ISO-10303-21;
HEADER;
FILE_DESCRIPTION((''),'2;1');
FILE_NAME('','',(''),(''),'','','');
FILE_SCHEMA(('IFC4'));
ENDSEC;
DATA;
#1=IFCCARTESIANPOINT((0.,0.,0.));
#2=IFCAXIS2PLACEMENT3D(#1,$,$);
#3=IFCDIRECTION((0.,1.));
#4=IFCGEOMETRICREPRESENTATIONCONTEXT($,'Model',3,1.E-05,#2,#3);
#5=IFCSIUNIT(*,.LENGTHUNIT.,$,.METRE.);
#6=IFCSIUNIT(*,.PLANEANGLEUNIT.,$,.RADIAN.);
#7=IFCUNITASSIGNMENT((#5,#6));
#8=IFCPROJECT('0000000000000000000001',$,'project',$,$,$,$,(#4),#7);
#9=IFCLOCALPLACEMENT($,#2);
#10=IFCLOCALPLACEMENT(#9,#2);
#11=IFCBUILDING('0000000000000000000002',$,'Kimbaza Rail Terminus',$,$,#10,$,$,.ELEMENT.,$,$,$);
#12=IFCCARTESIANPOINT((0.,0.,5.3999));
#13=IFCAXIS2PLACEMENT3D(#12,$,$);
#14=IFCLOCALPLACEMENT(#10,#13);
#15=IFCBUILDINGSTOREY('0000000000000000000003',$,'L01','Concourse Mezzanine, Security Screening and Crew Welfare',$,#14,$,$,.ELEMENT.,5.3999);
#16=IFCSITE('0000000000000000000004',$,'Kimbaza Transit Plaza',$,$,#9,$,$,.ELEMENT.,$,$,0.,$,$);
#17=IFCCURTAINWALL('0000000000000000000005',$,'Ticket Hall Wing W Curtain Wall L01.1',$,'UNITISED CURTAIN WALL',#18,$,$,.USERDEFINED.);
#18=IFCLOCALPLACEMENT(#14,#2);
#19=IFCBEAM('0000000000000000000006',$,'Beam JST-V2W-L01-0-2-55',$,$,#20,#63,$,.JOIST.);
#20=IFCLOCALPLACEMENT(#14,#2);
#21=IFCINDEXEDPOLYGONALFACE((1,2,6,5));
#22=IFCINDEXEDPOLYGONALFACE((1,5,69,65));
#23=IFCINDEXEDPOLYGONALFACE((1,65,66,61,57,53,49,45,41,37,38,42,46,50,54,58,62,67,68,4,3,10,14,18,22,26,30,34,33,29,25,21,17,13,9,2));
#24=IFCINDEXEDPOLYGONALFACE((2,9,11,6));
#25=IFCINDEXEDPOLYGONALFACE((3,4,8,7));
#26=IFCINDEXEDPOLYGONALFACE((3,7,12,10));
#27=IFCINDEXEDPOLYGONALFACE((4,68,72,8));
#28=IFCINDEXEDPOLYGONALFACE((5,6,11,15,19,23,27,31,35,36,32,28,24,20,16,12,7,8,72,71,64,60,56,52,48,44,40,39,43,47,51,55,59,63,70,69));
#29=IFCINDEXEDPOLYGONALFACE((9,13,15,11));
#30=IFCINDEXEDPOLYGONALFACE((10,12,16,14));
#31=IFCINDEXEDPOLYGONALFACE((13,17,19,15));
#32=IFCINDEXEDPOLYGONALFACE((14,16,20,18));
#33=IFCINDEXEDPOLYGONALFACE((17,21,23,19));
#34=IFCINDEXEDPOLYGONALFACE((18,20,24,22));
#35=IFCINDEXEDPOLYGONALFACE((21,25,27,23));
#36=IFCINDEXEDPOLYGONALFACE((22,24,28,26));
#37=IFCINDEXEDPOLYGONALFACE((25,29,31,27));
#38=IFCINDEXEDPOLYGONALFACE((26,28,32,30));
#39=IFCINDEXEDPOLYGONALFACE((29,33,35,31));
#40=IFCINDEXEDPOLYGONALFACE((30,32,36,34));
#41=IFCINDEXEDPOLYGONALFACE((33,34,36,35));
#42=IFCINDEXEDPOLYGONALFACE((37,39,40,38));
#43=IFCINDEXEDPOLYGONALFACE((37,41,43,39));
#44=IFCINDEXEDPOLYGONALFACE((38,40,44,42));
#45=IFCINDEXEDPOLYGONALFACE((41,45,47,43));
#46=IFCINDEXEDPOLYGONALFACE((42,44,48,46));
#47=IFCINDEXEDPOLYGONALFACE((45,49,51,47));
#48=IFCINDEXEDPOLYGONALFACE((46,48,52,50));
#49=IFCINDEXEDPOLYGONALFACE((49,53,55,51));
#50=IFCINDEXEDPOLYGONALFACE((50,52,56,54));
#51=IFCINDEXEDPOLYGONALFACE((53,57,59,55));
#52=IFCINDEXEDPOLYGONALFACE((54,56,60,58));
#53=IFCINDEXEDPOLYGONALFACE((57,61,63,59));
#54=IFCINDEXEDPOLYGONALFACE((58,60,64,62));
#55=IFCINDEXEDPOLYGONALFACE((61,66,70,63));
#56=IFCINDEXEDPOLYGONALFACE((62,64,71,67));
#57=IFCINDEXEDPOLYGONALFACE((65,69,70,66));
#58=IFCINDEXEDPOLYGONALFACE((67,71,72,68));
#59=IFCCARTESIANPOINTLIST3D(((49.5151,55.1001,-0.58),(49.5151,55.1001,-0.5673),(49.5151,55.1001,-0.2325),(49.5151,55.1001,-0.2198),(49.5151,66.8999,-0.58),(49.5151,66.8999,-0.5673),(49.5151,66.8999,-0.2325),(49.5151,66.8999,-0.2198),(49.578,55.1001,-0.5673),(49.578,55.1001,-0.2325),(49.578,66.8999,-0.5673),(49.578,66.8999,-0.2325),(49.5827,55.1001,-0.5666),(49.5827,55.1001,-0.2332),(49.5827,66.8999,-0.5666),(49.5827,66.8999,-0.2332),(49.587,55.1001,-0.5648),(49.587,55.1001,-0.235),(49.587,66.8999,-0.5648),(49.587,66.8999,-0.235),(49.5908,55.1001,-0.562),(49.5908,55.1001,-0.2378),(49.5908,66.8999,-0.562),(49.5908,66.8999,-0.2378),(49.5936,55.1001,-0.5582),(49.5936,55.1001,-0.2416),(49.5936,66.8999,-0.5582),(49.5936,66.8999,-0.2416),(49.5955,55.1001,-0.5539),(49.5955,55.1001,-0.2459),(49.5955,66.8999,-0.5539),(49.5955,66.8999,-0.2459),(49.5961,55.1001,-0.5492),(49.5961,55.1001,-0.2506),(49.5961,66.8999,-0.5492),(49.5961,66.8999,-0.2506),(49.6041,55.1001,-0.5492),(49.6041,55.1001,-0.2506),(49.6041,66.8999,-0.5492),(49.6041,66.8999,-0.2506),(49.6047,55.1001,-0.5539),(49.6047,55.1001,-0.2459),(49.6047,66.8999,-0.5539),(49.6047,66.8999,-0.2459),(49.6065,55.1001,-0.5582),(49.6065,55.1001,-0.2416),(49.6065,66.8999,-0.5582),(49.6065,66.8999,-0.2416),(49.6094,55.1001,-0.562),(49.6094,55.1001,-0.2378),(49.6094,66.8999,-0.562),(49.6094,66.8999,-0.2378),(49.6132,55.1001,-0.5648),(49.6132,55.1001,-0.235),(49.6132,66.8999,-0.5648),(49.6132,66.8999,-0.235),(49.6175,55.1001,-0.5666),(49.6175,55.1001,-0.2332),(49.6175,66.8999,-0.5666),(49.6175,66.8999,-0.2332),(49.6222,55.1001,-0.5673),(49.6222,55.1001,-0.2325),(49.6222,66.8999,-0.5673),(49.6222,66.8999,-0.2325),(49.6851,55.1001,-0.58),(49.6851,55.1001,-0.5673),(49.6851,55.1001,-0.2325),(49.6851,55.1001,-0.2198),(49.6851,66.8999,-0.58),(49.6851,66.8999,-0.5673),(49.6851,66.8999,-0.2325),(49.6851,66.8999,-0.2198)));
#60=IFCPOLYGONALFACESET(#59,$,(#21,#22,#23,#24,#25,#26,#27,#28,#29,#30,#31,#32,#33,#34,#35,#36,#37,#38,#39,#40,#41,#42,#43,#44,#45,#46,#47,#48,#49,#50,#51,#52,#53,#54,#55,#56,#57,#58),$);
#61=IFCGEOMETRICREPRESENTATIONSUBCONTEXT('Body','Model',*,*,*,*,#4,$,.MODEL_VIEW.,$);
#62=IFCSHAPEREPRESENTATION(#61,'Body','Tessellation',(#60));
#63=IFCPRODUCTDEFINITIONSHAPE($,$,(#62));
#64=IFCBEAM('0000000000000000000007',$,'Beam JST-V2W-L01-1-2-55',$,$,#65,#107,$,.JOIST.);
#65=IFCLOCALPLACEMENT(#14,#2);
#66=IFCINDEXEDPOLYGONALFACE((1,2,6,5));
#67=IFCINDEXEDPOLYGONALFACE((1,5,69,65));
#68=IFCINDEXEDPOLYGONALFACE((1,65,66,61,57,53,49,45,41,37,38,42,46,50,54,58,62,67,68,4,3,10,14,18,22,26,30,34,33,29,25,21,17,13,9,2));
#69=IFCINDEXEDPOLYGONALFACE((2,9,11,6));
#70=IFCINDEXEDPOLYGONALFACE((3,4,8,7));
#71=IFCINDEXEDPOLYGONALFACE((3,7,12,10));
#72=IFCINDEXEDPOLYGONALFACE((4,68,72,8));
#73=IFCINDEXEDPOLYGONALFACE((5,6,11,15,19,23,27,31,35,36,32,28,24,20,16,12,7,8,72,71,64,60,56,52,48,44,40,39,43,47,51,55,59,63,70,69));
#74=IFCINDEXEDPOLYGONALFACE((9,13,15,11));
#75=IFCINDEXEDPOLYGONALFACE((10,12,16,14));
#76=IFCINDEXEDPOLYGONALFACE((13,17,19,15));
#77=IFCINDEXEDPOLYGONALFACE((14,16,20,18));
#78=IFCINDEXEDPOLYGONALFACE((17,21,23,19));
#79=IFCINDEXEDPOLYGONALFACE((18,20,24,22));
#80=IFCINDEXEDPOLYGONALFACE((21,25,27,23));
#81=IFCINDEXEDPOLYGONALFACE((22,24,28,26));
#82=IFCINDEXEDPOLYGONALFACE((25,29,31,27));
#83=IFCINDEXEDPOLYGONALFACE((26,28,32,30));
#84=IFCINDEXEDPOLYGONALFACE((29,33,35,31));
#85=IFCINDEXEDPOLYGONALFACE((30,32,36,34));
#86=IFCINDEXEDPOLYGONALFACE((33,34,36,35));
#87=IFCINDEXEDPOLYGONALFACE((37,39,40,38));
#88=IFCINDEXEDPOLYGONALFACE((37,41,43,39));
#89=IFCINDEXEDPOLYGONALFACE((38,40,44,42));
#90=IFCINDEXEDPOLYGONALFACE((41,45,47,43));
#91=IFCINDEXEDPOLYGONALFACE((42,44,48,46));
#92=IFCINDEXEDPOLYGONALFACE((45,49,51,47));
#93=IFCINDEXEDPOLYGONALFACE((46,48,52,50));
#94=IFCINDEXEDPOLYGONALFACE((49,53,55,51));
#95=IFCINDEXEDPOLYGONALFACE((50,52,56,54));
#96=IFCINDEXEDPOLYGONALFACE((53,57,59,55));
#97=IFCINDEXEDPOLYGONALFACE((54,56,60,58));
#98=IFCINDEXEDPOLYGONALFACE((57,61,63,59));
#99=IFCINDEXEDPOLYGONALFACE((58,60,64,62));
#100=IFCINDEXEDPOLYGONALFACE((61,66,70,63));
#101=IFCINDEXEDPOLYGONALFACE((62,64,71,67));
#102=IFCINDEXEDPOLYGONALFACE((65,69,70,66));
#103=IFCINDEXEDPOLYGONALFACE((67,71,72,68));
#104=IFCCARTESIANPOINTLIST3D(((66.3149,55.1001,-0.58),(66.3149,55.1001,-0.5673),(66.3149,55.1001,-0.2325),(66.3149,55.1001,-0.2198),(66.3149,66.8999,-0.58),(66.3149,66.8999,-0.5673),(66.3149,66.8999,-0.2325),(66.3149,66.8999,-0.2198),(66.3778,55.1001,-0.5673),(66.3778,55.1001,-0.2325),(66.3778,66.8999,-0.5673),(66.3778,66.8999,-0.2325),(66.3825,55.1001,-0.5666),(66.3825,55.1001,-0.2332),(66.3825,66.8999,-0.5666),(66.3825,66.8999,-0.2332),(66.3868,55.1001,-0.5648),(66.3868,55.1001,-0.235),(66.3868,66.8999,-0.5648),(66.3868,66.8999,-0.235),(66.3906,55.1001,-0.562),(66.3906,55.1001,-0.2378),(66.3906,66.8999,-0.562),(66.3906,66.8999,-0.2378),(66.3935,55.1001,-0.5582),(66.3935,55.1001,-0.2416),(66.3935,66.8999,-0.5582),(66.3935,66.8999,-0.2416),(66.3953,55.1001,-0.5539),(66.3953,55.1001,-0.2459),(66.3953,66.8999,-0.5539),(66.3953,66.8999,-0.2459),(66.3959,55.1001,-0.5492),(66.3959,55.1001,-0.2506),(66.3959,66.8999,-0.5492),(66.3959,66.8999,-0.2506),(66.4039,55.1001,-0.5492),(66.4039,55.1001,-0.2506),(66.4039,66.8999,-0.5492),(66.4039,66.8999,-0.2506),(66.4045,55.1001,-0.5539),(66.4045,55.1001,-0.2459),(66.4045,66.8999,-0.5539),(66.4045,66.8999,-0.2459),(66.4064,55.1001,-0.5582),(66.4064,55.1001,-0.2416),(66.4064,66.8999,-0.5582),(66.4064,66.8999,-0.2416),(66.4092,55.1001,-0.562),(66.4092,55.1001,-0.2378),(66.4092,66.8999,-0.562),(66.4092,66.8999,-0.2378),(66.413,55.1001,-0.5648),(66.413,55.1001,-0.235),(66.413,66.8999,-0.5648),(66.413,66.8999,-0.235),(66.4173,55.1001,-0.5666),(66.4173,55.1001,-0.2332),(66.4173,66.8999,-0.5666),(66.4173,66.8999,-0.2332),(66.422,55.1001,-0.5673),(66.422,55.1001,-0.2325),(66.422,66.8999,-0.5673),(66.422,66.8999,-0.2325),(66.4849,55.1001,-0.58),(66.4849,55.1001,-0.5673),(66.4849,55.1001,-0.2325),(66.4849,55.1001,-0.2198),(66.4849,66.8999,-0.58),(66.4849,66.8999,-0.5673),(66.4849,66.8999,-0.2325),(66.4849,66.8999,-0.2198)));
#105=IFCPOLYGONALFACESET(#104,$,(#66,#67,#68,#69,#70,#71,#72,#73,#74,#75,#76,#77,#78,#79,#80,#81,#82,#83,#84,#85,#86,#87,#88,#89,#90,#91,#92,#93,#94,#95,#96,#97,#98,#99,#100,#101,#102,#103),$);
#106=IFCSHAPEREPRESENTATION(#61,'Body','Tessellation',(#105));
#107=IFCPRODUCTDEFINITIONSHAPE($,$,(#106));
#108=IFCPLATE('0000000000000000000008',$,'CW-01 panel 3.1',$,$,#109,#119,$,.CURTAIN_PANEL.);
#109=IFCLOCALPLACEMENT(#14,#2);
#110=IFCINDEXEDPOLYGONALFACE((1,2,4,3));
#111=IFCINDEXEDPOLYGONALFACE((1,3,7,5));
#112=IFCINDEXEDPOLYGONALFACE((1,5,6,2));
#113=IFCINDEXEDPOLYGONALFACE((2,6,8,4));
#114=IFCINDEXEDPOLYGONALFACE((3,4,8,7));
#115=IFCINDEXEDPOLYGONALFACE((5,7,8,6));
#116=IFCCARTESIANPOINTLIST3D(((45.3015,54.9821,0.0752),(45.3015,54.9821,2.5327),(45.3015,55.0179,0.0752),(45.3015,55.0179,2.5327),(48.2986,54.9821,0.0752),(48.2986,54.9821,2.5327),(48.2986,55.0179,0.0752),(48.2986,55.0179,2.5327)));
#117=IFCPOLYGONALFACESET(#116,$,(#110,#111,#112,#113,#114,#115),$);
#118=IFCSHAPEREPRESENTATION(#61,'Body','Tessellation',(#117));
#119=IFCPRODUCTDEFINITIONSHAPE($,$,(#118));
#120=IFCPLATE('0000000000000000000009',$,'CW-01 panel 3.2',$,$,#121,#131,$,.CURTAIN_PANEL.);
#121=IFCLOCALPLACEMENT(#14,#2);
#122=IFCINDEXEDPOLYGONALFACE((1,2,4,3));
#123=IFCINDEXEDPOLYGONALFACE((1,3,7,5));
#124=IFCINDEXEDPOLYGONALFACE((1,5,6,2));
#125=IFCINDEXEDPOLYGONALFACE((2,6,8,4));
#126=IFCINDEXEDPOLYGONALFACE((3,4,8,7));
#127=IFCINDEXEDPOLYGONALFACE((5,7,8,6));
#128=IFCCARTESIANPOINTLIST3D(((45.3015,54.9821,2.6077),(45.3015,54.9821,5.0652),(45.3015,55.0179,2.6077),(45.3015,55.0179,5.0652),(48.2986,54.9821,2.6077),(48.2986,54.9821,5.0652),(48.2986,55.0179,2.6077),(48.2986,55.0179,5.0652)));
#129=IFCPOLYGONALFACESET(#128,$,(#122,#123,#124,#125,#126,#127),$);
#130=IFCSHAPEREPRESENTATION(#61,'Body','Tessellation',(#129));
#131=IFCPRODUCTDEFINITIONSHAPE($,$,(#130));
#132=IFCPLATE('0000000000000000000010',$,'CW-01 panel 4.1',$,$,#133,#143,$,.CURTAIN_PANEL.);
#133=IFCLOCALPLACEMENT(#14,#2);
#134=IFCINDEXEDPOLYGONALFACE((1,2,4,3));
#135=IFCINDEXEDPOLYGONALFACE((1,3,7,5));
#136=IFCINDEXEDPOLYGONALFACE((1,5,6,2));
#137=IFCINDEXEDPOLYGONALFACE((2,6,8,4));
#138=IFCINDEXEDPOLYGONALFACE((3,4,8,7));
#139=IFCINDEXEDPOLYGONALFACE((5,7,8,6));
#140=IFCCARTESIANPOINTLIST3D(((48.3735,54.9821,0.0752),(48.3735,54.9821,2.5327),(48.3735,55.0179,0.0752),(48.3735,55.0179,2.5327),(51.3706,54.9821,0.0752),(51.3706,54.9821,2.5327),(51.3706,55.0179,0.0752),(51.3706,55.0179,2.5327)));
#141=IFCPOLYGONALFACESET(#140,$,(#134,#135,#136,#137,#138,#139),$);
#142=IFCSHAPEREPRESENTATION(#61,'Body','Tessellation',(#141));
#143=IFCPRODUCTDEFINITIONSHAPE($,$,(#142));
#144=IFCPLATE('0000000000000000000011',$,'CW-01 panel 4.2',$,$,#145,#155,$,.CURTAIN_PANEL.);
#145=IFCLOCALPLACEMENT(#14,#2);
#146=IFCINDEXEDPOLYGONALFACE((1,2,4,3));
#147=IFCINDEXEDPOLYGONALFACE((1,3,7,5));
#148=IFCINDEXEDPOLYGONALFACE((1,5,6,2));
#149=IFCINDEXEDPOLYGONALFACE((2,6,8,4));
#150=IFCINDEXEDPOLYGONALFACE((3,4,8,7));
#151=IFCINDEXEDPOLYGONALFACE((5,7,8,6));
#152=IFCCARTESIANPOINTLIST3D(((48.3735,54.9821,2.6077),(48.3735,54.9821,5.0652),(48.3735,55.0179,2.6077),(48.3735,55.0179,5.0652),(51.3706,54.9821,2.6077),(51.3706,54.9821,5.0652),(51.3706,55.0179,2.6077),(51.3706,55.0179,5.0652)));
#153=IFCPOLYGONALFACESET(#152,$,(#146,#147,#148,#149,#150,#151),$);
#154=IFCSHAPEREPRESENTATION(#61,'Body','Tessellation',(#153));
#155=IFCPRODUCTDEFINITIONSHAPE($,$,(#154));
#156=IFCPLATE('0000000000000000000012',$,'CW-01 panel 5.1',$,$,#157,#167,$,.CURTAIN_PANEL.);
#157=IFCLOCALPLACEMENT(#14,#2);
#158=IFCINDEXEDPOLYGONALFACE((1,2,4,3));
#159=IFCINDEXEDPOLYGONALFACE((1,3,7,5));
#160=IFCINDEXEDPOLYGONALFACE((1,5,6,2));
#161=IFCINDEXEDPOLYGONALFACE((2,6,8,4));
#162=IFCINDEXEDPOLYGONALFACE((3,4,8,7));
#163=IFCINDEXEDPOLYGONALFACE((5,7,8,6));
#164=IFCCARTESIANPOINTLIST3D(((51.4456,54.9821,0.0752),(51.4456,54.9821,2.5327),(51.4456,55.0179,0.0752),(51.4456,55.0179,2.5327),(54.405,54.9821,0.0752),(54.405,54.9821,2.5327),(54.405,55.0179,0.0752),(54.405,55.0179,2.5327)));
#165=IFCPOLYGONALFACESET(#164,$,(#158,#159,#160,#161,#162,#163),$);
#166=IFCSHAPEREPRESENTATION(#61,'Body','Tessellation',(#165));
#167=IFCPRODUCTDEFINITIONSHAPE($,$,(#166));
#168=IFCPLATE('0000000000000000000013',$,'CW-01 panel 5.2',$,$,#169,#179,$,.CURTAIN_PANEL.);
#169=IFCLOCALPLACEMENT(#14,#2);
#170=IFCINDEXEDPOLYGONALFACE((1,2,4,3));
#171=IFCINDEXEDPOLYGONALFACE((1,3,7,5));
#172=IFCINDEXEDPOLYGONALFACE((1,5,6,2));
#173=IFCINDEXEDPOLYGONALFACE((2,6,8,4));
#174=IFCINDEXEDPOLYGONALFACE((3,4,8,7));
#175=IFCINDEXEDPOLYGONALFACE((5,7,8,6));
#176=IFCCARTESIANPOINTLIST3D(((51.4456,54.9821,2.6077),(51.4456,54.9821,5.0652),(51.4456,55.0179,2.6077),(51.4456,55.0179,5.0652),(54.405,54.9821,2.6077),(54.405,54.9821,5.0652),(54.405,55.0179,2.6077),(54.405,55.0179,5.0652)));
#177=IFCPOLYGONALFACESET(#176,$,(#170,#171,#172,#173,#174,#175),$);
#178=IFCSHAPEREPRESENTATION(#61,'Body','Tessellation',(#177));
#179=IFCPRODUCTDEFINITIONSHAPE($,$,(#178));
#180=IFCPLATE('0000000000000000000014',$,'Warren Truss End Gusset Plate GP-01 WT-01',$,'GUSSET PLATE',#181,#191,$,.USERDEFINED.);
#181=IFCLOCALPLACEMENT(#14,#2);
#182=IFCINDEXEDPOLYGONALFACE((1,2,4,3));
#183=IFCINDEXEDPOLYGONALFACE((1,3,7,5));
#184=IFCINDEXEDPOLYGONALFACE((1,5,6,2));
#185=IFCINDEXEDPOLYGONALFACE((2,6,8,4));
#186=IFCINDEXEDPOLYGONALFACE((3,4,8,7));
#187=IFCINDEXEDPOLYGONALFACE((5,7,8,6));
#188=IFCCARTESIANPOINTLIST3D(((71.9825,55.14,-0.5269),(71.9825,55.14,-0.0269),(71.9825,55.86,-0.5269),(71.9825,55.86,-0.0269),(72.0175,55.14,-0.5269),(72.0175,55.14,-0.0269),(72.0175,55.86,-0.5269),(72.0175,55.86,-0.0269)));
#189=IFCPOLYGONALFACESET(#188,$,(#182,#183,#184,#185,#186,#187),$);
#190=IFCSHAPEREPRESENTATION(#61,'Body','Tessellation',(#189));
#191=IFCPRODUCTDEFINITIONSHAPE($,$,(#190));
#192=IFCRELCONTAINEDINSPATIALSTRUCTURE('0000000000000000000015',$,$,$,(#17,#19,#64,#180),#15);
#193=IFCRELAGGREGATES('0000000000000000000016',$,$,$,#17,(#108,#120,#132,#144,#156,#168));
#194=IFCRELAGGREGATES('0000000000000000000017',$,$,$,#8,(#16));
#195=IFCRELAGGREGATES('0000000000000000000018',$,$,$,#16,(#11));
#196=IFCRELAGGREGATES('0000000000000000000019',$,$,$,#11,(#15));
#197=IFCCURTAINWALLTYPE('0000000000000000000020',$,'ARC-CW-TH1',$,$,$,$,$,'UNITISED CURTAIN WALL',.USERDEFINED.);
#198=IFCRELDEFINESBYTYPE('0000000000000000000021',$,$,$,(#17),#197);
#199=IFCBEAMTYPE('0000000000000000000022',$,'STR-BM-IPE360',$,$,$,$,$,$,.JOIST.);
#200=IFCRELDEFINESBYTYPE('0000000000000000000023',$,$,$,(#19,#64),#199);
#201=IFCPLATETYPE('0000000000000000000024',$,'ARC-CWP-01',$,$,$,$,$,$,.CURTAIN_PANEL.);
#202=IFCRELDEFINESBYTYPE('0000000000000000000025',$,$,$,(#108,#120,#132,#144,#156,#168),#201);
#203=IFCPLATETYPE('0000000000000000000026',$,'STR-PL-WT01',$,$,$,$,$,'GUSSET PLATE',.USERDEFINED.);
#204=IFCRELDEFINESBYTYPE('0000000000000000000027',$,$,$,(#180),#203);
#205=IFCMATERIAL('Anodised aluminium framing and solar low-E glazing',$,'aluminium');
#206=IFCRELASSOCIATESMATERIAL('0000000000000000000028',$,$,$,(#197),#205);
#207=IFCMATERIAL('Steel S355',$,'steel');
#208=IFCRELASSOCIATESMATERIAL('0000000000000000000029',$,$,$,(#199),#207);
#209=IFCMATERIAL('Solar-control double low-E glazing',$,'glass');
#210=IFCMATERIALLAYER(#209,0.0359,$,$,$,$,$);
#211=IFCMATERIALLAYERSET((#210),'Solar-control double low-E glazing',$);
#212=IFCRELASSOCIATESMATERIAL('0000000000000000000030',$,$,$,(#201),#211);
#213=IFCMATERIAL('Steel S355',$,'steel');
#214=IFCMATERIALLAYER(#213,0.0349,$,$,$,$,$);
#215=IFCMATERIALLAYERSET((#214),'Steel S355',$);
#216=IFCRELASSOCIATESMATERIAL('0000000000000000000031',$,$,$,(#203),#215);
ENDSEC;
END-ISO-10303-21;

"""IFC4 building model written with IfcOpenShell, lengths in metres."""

from ifc_helpers import new_model, si_unit, direction, frame, origin, origin_2d, place, context, subcontext, project, spatial, rectangle, i_section, extrude, material, layer, layer_set, material_profile, profile_set, type_object, element, aggregate, save


model = new_model("IFC4")

# Units and contexts
model_context = context("Model", 3, precision=1e-05, world=origin(), true_north=direction((0.0, 1.0)))
body_context = subcontext(model_context, "Body", "Model", "MODEL_VIEW")
ifc_project = project(units=[si_unit("LENGTHUNIT", "METRE"), si_unit("PLANEANGLEUNIT", "RADIAN")], contexts=[model_context])

# Site, building, storey
site_placement = place(None, origin())
site = spatial("IfcSite", under=ifc_project, at=site_placement, Name="Kimbaza Transit Plaza", CompositionType="ELEMENT", RefElevation=0.0)
building_placement = place(site_placement, origin())
building = spatial("IfcBuilding", under=site, at=building_placement, Name="Kimbaza Rail Terminus", CompositionType="ELEMENT")
storey_placement = place(building_placement, frame((0.0, 0.0, 5.3999)))
storey = spatial("IfcBuildingStorey", under=building, at=storey_placement, Name="L01", Description="Concourse Mezzanine, Security Screening and Crew Welfare", CompositionType="ELEMENT", Elevation=5.3999)

# Shared definitions
ifc_material_1 = material(Name="Anodised aluminium framing and solar low-E glazing", Category="aluminium")
curtain_wall_type = type_object("IfcCurtainWallType", Name="ARC-CW-TH1", ElementType="UNITISED CURTAIN WALL", PredefinedType="USERDEFINED", material=ifc_material_1)

# Curtain wall
curtain_wall_1_placement = place(storey_placement, origin())
curtain_wall_1 = element("IfcCurtainWall", 1, at=curtain_wall_1_placement, inside=storey, type_object=curtain_wall_type, Name="Ticket Hall Wing W Curtain Wall L01.1", ObjectType="UNITISED CURTAIN WALL", PredefinedType="USERDEFINED")

# Beams
ifc_material_2 = material(Name="Steel S355", Category="steel")
ifc_material_profile_1 = material_profile(ifc_material_2, i_section(OverallWidth=0.1699, OverallDepth=0.3601, WebThickness=0.0081, FlangeThickness=0.0127, FilletRadius=0.0181, at=origin_2d()), Name="IPE 360")
ifc_profile_set_1 = profile_set([ifc_material_profile_1], Name="Steel S355")
beam_type_1 = type_object("IfcBeamType", Name="STR-BM-IPE360", PredefinedType="JOIST", material=ifc_profile_set_1)
for number, where, z_axis, x_axis, name in (
    (2, (49.6001, 55.1001, -0.3999), (0.0, 1.0, 0.0), (-1.0, 0.0, 0.0), "Beam JST-V2W-L01-0-2-55"),
    (3, (66.3999, 55.1001, -0.3999), (0.0, 1.0, 0.0), (-1.0, 0.0, 0.0), "Beam JST-V2W-L01-1-2-55"),
):
    element("IfcBeam", number, at=place(storey_placement, frame(where, z_axis=z_axis, x_axis=x_axis)), inside=storey, type_object=beam_type_1, Name=name, PredefinedType="JOIST", context=body_context, shape_type="SweptSolid", body=[
        extrude(i_section(OverallWidth=0.1699, OverallDepth=0.3601, WebThickness=0.0081, FlangeThickness=0.0127, FilletRadius=0.0181, at=origin_2d()), origin(), (0.0, 0.0, 1.0), 11.7998),
    ])

# Plates
ifc_material_3 = material(Name="Solar-control double low-E glazing", Category="glass")
ifc_layer_1 = layer(ifc_material_3, 0.0359)
ifc_layer_set_1 = layer_set([ifc_layer_1], Name="Solar-control double low-E glazing")
plate_type_1 = type_object("IfcPlateType", Name="ARC-CWP-01", PredefinedType="CURTAIN_PANEL", material=ifc_layer_set_1)
plate_1_placement = place(storey_placement, frame((46.8, 55.0, 0.0752), z_axis=(0.0, 0.0, 1.0), x_axis=(1.0, 0.0, 0.0)))
plate_1 = element("IfcPlate", 4, at=plate_1_placement, type_object=plate_type_1, Name="CW-01 panel 3.1", PredefinedType="CURTAIN_PANEL", context=body_context, shape_type="SweptSolid", body=[
    extrude(rectangle(XDim=2.9971, YDim=0.0359, at=origin_2d()), origin(), (0.0, 0.0, 1.0), 2.4575),
])
plate_2_placement = place(storey_placement, frame((46.8, 55.0, 2.6077), z_axis=(0.0, 0.0, 1.0), x_axis=(1.0, 0.0, 0.0)))
plate_2 = element("IfcPlate", 5, at=plate_2_placement, type_object=plate_type_1, Name="CW-01 panel 3.2", PredefinedType="CURTAIN_PANEL", context=body_context, shape_type="SweptSolid", body=[
    extrude(rectangle(XDim=2.9971, YDim=0.0359, at=origin_2d()), origin(), (0.0, 0.0, 1.0), 2.4575),
])
plate_3_placement = place(storey_placement, frame((49.8721, 55.0, 0.0752), z_axis=(0.0, 0.0, 1.0), x_axis=(1.0, 0.0, 0.0)))
plate_3 = element("IfcPlate", 6, at=plate_3_placement, type_object=plate_type_1, Name="CW-01 panel 4.1", PredefinedType="CURTAIN_PANEL", context=body_context, shape_type="SweptSolid", body=[
    extrude(rectangle(XDim=2.9971, YDim=0.0359, at=origin_2d()), origin(), (0.0, 0.0, 1.0), 2.4575),
])
plate_4_placement = place(storey_placement, frame((49.8721, 55.0, 2.6077), z_axis=(0.0, 0.0, 1.0), x_axis=(1.0, 0.0, 0.0)))
plate_4 = element("IfcPlate", 7, at=plate_4_placement, type_object=plate_type_1, Name="CW-01 panel 4.2", PredefinedType="CURTAIN_PANEL", context=body_context, shape_type="SweptSolid", body=[
    extrude(rectangle(XDim=2.9971, YDim=0.0359, at=origin_2d()), origin(), (0.0, 0.0, 1.0), 2.4575),
])
plate_5_placement = place(storey_placement, frame((52.9253, 55.0, 0.0752), z_axis=(0.0, 0.0, 1.0), x_axis=(1.0, 0.0, 0.0)))
plate_5 = element("IfcPlate", 8, at=plate_5_placement, type_object=plate_type_1, Name="CW-01 panel 5.1", PredefinedType="CURTAIN_PANEL", context=body_context, shape_type="SweptSolid", body=[
    extrude(rectangle(XDim=2.9595, YDim=0.0359, at=origin_2d()), origin(), (0.0, 0.0, 1.0), 2.4575),
])
plate_6_placement = place(storey_placement, frame((52.9253, 55.0, 2.6077), z_axis=(0.0, 0.0, 1.0), x_axis=(1.0, 0.0, 0.0)))
plate_6 = element("IfcPlate", 9, at=plate_6_placement, type_object=plate_type_1, Name="CW-01 panel 5.2", PredefinedType="CURTAIN_PANEL", context=body_context, shape_type="SweptSolid", body=[
    extrude(rectangle(XDim=2.9595, YDim=0.0359, at=origin_2d()), origin(), (0.0, 0.0, 1.0), 2.4575),
])
aggregate(curtain_wall_1, [plate_1, plate_2, plate_3, plate_4, plate_5, plate_6])
ifc_material_4 = material(Name="Steel S355", Category="steel")
ifc_layer_2 = layer(ifc_material_4, 0.0349)
ifc_layer_set_2 = layer_set([ifc_layer_2], Name="Steel S355")
plate_type_2 = type_object("IfcPlateType", Name="STR-PL-WT01", ElementType="GUSSET PLATE", PredefinedType="USERDEFINED", material=ifc_layer_set_2)
plate_7_placement = place(storey_placement, frame((72.0, 55.5, -0.5269), z_axis=(0.0, 0.0, 1.0), x_axis=(1.0, 0.0, 0.0)))
element("IfcPlate", 10, at=plate_7_placement, inside=storey, type_object=plate_type_2, Name="Warren Truss End Gusset Plate GP-01 WT-01", ObjectType="GUSSET PLATE", PredefinedType="USERDEFINED", context=body_context, shape_type="SweptSolid", body=[
    extrude(rectangle(XDim=0.0349, YDim=0.72, at=origin_2d()), origin(), (0.0, 0.0, 1.0), 0.5),
])

save(model, "model.ifc")
